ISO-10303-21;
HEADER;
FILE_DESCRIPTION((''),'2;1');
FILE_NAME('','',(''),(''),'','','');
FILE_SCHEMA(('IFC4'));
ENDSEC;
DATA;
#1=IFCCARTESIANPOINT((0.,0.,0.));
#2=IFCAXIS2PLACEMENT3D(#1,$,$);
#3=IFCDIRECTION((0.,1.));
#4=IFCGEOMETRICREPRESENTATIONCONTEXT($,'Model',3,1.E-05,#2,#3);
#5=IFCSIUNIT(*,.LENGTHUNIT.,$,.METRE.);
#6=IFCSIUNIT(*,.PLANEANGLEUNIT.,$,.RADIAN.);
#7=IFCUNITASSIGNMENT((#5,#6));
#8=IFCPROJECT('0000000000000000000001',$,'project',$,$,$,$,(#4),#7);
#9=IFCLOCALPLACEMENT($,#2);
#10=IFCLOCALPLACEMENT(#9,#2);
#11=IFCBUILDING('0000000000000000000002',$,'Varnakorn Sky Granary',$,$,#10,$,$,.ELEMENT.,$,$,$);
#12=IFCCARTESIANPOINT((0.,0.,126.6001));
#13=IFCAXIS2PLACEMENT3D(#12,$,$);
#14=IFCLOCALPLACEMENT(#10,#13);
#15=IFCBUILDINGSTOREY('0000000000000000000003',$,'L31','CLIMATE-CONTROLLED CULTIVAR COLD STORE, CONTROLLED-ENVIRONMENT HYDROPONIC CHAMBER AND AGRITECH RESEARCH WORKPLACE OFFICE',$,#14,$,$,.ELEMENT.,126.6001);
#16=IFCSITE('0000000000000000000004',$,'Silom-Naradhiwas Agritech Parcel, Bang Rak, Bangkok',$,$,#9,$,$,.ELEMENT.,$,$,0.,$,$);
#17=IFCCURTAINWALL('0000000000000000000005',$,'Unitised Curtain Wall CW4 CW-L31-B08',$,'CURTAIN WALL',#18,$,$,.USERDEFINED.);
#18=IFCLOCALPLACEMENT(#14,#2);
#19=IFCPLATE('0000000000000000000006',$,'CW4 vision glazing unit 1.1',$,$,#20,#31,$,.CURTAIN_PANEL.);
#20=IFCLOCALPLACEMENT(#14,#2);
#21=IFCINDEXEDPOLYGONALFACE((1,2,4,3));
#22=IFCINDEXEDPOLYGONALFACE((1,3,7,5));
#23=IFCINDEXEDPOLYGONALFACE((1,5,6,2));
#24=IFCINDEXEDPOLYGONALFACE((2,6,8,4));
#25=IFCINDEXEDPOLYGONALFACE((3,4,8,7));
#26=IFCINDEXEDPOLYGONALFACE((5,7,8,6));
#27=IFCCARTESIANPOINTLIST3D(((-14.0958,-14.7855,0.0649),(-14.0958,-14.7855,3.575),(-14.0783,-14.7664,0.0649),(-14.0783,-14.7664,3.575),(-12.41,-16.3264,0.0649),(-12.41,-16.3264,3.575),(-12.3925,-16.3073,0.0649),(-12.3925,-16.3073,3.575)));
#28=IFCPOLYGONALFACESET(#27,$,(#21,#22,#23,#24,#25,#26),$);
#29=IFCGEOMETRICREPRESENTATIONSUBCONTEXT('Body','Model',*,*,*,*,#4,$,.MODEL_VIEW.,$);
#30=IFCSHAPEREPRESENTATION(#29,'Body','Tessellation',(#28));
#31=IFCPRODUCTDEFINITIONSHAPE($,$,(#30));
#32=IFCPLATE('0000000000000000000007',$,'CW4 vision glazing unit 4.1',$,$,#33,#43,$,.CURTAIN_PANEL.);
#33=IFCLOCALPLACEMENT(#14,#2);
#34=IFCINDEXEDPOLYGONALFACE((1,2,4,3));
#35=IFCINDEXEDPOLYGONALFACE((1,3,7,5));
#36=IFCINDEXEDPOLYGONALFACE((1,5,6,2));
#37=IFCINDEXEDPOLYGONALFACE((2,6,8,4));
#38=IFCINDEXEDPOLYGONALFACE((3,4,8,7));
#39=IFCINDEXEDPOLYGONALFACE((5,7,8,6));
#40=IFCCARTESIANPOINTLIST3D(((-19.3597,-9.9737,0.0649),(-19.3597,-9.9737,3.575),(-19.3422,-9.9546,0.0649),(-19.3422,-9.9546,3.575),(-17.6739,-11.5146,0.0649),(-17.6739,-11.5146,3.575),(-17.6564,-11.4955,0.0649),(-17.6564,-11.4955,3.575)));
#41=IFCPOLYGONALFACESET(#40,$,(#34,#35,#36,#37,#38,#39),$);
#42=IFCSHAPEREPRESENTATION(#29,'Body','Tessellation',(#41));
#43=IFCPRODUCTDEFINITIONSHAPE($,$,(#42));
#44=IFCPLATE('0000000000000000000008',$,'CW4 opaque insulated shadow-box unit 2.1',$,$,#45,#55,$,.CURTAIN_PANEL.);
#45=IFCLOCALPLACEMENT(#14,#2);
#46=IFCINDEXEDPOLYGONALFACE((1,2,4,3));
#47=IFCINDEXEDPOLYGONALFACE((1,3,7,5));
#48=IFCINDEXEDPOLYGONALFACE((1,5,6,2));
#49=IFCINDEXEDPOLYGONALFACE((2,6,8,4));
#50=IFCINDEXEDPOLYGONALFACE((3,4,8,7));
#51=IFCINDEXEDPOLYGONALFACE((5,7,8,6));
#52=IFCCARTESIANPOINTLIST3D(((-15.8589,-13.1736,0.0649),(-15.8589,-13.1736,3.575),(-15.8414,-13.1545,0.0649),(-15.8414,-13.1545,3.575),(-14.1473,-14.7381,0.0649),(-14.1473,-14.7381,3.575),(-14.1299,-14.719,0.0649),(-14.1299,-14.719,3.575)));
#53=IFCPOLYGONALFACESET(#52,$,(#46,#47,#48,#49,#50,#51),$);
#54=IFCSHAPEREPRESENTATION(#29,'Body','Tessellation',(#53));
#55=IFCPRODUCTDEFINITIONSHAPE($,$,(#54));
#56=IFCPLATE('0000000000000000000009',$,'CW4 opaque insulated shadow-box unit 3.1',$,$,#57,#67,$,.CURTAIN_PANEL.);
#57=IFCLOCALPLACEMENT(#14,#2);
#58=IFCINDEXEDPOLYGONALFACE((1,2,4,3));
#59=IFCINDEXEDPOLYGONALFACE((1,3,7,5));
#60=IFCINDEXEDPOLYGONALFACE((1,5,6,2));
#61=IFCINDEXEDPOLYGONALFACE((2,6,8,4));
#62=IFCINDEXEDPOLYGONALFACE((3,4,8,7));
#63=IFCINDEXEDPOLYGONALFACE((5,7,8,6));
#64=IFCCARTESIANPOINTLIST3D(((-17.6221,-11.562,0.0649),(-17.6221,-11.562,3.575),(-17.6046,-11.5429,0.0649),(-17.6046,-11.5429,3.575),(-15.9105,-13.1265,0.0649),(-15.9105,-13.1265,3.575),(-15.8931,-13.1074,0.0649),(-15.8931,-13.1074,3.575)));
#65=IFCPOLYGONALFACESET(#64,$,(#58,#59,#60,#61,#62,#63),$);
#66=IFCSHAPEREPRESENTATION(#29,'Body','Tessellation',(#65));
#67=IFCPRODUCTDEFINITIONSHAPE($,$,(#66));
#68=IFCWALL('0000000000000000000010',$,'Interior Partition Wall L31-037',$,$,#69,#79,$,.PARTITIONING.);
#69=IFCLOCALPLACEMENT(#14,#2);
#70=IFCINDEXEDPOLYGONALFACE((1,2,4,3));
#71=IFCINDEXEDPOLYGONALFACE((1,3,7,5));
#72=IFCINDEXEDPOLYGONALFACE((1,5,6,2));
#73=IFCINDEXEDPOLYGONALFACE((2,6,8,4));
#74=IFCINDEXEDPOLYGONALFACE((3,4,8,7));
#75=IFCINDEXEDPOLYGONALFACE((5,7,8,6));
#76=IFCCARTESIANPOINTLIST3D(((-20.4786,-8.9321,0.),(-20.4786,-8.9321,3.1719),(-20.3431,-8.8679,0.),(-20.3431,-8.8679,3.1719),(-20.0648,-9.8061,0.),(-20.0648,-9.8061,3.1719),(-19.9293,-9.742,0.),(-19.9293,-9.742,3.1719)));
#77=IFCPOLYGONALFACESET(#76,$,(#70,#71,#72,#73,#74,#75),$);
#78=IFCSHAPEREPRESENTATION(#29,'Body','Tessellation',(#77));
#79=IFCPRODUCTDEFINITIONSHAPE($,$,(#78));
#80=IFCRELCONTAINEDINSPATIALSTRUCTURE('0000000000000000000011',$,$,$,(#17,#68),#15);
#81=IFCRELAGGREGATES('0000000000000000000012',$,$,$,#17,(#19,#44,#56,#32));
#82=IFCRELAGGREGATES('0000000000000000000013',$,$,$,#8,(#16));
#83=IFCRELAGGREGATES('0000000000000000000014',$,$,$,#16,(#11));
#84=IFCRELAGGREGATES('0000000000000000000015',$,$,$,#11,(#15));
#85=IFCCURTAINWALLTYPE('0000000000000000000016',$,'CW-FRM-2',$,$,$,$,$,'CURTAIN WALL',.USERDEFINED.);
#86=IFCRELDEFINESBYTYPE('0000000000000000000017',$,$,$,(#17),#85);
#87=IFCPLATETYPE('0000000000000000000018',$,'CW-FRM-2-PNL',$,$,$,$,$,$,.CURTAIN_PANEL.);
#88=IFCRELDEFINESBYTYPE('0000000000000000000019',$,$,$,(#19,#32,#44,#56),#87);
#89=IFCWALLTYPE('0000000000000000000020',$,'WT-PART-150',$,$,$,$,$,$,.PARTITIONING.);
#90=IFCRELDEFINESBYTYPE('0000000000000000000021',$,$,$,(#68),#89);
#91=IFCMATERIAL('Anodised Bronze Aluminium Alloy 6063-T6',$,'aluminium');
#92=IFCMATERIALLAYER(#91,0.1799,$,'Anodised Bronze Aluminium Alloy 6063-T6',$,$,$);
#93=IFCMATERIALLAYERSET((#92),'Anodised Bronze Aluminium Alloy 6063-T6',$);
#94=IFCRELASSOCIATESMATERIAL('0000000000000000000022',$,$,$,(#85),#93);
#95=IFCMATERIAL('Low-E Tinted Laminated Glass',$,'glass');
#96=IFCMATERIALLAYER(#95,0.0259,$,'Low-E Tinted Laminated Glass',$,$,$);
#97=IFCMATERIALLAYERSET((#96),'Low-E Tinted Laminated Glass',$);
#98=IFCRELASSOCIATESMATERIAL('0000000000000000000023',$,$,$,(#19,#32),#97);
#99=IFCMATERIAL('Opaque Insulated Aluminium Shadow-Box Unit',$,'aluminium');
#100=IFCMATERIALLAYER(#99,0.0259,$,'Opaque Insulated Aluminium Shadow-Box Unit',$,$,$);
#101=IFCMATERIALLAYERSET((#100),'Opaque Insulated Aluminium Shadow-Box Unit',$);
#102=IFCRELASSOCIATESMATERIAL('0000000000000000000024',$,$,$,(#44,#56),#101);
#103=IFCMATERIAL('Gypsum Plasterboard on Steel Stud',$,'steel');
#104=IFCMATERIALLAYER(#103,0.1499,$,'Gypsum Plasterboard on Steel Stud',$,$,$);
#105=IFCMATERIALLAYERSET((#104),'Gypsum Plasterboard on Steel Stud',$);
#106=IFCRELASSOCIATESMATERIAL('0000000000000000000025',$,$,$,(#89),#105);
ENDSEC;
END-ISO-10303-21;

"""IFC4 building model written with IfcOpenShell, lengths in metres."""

from ifc_helpers import new_model, si_unit, direction, frame, frame_2d, origin, origin_2d, place, context, subcontext, project, spatial, rectangle, extrude, source, transform, mapped, material, layer, layer_set, type_object, type_shapes, element, aggregate, save


model = new_model("IFC4")

# Units and contexts
model_context = context("Model", 3, precision=1e-05, world=origin(), true_north=direction((0.0, 1.0)))
body_context = subcontext(model_context, "Body", "Model", "MODEL_VIEW")
ifc_project = project(units=[si_unit("LENGTHUNIT", "METRE"), si_unit("PLANEANGLEUNIT", "RADIAN")], contexts=[model_context])

# Site, building, storey
site_placement = place(None, origin())
site = spatial("IfcSite", under=ifc_project, at=site_placement, Name="Silom-Naradhiwas Agritech Parcel, Bang Rak, Bangkok", CompositionType="ELEMENT", RefElevation=0.0)
building_placement = place(site_placement, origin())
building = spatial("IfcBuilding", under=site, at=building_placement, Name="Varnakorn Sky Granary", CompositionType="ELEMENT")
storey_placement = place(building_placement, frame((0.0, 0.0, 126.6001)))
storey = spatial("IfcBuildingStorey", under=building, at=storey_placement, Name="L31", Description="CLIMATE-CONTROLLED CULTIVAR COLD STORE, CONTROLLED-ENVIRONMENT HYDROPONIC CHAMBER AND AGRITECH RESEARCH WORKPLACE OFFICE", CompositionType="ELEMENT", Elevation=126.6001)

# Shared definitions
ifc_material_1 = material(Name="Anodised Bronze Aluminium Alloy 6063-T6", Category="aluminium")
ifc_layer_1 = layer(ifc_material_1, 0.1799, Name="Anodised Bronze Aluminium Alloy 6063-T6")
ifc_layer_set_1 = layer_set([ifc_layer_1], Name="Anodised Bronze Aluminium Alloy 6063-T6")
curtain_wall_type = type_object("IfcCurtainWallType", Name="CW-FRM-2", ElementType="CURTAIN WALL", PredefinedType="USERDEFINED", material=ifc_layer_set_1)

# Curtain wall
curtain_wall_1_placement = place(storey_placement, origin())
curtain_wall_1 = element("IfcCurtainWall", 1, at=curtain_wall_1_placement, inside=storey, type_object=curtain_wall_type, Name="Unitised Curtain Wall CW4 CW-L31-B08", ObjectType="CURTAIN WALL", PredefinedType="USERDEFINED")

# Plates
ifc_material_2 = material(Name="Low-E Tinted Laminated Glass", Category="glass")
ifc_layer_2 = layer(ifc_material_2, 0.0259, Name="Low-E Tinted Laminated Glass")
ifc_layer_set_2 = layer_set([ifc_layer_2], Name="Low-E Tinted Laminated Glass")
plate_type = type_object("IfcPlateType", Name="CW-FRM-2-PNL", PredefinedType="CURTAIN_PANEL")
shared_shape_1 = source(origin(), body_context, "Body", "SweptSolid", [
    extrude(rectangle(XDim=2.2839, YDim=0.0259, at=origin_2d()), origin(), (0.0, 0.0, 1.0), 3.51),
])
plate_1_placement = place(storey_placement, frame((-13.2441, -15.5464, 0.0649), z_axis=(0.0, 0.0, 1.0), x_axis=(-0.73811, 0.674681, 0.0)))
plate_1 = element("IfcPlate", 2, at=plate_1_placement, type_object=plate_type, material=ifc_layer_set_2, Name="CW4 vision glazing unit 1.1", PredefinedType="CURTAIN_PANEL", context=body_context, shape_type="MappedRepresentation", body=[
    mapped(shared_shape_1, transform((0.0, 0.0, 0.0), x_axis=(1.0, 0.0, 0.0), y_axis=(0.0, 1.0, 0.0), z_axis=(0.0, 0.0, 1.0), scale=1.0)),
])
plate_2_placement = place(storey_placement, frame((-18.5081, -10.7346, 0.0649), z_axis=(0.0, 0.0, 1.0), x_axis=(-0.73811, 0.674681, 0.0)))
plate_2 = element("IfcPlate", 3, at=plate_2_placement, type_object=plate_type, material=ifc_layer_set_2, Name="CW4 vision glazing unit 4.1", PredefinedType="CURTAIN_PANEL", context=body_context, shape_type="MappedRepresentation", body=[
    mapped(shared_shape_1, transform((0.0, 0.0, 0.0), x_axis=(1.0, 0.0, 0.0), y_axis=(0.0, 1.0, 0.0), z_axis=(0.0, 0.0, 1.0), scale=1.0)),
])
ifc_material_3 = material(Name="Opaque Insulated Aluminium Shadow-Box Unit", Category="aluminium")
ifc_layer_3 = layer(ifc_material_3, 0.0259, Name="Opaque Insulated Aluminium Shadow-Box Unit")
ifc_layer_set_3 = layer_set([ifc_layer_3], Name="Opaque Insulated Aluminium Shadow-Box Unit")
shared_shape_2 = source(origin(), body_context, "Body", "SweptSolid", [
    extrude(rectangle(XDim=2.3188, YDim=0.0259, at=origin_2d()), origin(), (0.0, 0.0, 1.0), 3.51),
])
type_shapes(plate_type, [shared_shape_1, shared_shape_2])
plate_3_placement = place(storey_placement, frame((-14.9944, -13.9463, 0.0649), z_axis=(0.0, 0.0, 1.0), x_axis=(-0.73811, 0.674681, 0.0)))
plate_3 = element("IfcPlate", 4, at=plate_3_placement, type_object=plate_type, material=ifc_layer_set_3, Name="CW4 opaque insulated shadow-box unit 2.1", PredefinedType="CURTAIN_PANEL", context=body_context, shape_type="MappedRepresentation", body=[
    mapped(shared_shape_2, transform((0.0, 0.0, 0.0), x_axis=(1.0, 0.0, 0.0), y_axis=(0.0, 1.0, 0.0), z_axis=(0.0, 0.0, 1.0), scale=1.0)),
])
plate_4_placement = place(storey_placement, frame((-16.7576, -12.3347, 0.0649), z_axis=(0.0, 0.0, 1.0), x_axis=(-0.73811, 0.674681, 0.0)))
plate_4 = element("IfcPlate", 5, at=plate_4_placement, type_object=plate_type, material=ifc_layer_set_3, Name="CW4 opaque insulated shadow-box unit 3.1", PredefinedType="CURTAIN_PANEL", context=body_context, shape_type="MappedRepresentation", body=[
    mapped(shared_shape_2, transform((0.0, 0.0, 0.0), x_axis=(1.0, 0.0, 0.0), y_axis=(0.0, 1.0, 0.0), z_axis=(0.0, 0.0, 1.0), scale=1.0)),
])
aggregate(curtain_wall_1, [plate_1, plate_3, plate_4, plate_2])

# Wall
ifc_material_4 = material(Name="Gypsum Plasterboard on Steel Stud", Category="steel")
ifc_layer_4 = layer(ifc_material_4, 0.1499, Name="Gypsum Plasterboard on Steel Stud")
ifc_layer_set_4 = layer_set([ifc_layer_4], Name="Gypsum Plasterboard on Steel Stud")
wall_type = type_object("IfcWallType", Name="WT-PART-150", PredefinedType="PARTITIONING", material=ifc_layer_set_4)
wall_placement = place(storey_placement, frame((-19.9971, -9.7739, 0.0), z_axis=(0.0, 0.0, 1.0), x_axis=(-0.427924, 0.903815, 0.0)))
element("IfcWall", 6, at=wall_placement, inside=storey, type_object=wall_type, Name="Interior Partition Wall L31-037", PredefinedType="PARTITIONING", context=body_context, shape_type="SweptSolid", body=[
    extrude(rectangle(XDim=0.967, YDim=0.1499, at=frame_2d((0.4834, 0.0))), origin(), (0.0, 0.0, 1.0), 3.1719),
])

save(model, "model.ifc")
